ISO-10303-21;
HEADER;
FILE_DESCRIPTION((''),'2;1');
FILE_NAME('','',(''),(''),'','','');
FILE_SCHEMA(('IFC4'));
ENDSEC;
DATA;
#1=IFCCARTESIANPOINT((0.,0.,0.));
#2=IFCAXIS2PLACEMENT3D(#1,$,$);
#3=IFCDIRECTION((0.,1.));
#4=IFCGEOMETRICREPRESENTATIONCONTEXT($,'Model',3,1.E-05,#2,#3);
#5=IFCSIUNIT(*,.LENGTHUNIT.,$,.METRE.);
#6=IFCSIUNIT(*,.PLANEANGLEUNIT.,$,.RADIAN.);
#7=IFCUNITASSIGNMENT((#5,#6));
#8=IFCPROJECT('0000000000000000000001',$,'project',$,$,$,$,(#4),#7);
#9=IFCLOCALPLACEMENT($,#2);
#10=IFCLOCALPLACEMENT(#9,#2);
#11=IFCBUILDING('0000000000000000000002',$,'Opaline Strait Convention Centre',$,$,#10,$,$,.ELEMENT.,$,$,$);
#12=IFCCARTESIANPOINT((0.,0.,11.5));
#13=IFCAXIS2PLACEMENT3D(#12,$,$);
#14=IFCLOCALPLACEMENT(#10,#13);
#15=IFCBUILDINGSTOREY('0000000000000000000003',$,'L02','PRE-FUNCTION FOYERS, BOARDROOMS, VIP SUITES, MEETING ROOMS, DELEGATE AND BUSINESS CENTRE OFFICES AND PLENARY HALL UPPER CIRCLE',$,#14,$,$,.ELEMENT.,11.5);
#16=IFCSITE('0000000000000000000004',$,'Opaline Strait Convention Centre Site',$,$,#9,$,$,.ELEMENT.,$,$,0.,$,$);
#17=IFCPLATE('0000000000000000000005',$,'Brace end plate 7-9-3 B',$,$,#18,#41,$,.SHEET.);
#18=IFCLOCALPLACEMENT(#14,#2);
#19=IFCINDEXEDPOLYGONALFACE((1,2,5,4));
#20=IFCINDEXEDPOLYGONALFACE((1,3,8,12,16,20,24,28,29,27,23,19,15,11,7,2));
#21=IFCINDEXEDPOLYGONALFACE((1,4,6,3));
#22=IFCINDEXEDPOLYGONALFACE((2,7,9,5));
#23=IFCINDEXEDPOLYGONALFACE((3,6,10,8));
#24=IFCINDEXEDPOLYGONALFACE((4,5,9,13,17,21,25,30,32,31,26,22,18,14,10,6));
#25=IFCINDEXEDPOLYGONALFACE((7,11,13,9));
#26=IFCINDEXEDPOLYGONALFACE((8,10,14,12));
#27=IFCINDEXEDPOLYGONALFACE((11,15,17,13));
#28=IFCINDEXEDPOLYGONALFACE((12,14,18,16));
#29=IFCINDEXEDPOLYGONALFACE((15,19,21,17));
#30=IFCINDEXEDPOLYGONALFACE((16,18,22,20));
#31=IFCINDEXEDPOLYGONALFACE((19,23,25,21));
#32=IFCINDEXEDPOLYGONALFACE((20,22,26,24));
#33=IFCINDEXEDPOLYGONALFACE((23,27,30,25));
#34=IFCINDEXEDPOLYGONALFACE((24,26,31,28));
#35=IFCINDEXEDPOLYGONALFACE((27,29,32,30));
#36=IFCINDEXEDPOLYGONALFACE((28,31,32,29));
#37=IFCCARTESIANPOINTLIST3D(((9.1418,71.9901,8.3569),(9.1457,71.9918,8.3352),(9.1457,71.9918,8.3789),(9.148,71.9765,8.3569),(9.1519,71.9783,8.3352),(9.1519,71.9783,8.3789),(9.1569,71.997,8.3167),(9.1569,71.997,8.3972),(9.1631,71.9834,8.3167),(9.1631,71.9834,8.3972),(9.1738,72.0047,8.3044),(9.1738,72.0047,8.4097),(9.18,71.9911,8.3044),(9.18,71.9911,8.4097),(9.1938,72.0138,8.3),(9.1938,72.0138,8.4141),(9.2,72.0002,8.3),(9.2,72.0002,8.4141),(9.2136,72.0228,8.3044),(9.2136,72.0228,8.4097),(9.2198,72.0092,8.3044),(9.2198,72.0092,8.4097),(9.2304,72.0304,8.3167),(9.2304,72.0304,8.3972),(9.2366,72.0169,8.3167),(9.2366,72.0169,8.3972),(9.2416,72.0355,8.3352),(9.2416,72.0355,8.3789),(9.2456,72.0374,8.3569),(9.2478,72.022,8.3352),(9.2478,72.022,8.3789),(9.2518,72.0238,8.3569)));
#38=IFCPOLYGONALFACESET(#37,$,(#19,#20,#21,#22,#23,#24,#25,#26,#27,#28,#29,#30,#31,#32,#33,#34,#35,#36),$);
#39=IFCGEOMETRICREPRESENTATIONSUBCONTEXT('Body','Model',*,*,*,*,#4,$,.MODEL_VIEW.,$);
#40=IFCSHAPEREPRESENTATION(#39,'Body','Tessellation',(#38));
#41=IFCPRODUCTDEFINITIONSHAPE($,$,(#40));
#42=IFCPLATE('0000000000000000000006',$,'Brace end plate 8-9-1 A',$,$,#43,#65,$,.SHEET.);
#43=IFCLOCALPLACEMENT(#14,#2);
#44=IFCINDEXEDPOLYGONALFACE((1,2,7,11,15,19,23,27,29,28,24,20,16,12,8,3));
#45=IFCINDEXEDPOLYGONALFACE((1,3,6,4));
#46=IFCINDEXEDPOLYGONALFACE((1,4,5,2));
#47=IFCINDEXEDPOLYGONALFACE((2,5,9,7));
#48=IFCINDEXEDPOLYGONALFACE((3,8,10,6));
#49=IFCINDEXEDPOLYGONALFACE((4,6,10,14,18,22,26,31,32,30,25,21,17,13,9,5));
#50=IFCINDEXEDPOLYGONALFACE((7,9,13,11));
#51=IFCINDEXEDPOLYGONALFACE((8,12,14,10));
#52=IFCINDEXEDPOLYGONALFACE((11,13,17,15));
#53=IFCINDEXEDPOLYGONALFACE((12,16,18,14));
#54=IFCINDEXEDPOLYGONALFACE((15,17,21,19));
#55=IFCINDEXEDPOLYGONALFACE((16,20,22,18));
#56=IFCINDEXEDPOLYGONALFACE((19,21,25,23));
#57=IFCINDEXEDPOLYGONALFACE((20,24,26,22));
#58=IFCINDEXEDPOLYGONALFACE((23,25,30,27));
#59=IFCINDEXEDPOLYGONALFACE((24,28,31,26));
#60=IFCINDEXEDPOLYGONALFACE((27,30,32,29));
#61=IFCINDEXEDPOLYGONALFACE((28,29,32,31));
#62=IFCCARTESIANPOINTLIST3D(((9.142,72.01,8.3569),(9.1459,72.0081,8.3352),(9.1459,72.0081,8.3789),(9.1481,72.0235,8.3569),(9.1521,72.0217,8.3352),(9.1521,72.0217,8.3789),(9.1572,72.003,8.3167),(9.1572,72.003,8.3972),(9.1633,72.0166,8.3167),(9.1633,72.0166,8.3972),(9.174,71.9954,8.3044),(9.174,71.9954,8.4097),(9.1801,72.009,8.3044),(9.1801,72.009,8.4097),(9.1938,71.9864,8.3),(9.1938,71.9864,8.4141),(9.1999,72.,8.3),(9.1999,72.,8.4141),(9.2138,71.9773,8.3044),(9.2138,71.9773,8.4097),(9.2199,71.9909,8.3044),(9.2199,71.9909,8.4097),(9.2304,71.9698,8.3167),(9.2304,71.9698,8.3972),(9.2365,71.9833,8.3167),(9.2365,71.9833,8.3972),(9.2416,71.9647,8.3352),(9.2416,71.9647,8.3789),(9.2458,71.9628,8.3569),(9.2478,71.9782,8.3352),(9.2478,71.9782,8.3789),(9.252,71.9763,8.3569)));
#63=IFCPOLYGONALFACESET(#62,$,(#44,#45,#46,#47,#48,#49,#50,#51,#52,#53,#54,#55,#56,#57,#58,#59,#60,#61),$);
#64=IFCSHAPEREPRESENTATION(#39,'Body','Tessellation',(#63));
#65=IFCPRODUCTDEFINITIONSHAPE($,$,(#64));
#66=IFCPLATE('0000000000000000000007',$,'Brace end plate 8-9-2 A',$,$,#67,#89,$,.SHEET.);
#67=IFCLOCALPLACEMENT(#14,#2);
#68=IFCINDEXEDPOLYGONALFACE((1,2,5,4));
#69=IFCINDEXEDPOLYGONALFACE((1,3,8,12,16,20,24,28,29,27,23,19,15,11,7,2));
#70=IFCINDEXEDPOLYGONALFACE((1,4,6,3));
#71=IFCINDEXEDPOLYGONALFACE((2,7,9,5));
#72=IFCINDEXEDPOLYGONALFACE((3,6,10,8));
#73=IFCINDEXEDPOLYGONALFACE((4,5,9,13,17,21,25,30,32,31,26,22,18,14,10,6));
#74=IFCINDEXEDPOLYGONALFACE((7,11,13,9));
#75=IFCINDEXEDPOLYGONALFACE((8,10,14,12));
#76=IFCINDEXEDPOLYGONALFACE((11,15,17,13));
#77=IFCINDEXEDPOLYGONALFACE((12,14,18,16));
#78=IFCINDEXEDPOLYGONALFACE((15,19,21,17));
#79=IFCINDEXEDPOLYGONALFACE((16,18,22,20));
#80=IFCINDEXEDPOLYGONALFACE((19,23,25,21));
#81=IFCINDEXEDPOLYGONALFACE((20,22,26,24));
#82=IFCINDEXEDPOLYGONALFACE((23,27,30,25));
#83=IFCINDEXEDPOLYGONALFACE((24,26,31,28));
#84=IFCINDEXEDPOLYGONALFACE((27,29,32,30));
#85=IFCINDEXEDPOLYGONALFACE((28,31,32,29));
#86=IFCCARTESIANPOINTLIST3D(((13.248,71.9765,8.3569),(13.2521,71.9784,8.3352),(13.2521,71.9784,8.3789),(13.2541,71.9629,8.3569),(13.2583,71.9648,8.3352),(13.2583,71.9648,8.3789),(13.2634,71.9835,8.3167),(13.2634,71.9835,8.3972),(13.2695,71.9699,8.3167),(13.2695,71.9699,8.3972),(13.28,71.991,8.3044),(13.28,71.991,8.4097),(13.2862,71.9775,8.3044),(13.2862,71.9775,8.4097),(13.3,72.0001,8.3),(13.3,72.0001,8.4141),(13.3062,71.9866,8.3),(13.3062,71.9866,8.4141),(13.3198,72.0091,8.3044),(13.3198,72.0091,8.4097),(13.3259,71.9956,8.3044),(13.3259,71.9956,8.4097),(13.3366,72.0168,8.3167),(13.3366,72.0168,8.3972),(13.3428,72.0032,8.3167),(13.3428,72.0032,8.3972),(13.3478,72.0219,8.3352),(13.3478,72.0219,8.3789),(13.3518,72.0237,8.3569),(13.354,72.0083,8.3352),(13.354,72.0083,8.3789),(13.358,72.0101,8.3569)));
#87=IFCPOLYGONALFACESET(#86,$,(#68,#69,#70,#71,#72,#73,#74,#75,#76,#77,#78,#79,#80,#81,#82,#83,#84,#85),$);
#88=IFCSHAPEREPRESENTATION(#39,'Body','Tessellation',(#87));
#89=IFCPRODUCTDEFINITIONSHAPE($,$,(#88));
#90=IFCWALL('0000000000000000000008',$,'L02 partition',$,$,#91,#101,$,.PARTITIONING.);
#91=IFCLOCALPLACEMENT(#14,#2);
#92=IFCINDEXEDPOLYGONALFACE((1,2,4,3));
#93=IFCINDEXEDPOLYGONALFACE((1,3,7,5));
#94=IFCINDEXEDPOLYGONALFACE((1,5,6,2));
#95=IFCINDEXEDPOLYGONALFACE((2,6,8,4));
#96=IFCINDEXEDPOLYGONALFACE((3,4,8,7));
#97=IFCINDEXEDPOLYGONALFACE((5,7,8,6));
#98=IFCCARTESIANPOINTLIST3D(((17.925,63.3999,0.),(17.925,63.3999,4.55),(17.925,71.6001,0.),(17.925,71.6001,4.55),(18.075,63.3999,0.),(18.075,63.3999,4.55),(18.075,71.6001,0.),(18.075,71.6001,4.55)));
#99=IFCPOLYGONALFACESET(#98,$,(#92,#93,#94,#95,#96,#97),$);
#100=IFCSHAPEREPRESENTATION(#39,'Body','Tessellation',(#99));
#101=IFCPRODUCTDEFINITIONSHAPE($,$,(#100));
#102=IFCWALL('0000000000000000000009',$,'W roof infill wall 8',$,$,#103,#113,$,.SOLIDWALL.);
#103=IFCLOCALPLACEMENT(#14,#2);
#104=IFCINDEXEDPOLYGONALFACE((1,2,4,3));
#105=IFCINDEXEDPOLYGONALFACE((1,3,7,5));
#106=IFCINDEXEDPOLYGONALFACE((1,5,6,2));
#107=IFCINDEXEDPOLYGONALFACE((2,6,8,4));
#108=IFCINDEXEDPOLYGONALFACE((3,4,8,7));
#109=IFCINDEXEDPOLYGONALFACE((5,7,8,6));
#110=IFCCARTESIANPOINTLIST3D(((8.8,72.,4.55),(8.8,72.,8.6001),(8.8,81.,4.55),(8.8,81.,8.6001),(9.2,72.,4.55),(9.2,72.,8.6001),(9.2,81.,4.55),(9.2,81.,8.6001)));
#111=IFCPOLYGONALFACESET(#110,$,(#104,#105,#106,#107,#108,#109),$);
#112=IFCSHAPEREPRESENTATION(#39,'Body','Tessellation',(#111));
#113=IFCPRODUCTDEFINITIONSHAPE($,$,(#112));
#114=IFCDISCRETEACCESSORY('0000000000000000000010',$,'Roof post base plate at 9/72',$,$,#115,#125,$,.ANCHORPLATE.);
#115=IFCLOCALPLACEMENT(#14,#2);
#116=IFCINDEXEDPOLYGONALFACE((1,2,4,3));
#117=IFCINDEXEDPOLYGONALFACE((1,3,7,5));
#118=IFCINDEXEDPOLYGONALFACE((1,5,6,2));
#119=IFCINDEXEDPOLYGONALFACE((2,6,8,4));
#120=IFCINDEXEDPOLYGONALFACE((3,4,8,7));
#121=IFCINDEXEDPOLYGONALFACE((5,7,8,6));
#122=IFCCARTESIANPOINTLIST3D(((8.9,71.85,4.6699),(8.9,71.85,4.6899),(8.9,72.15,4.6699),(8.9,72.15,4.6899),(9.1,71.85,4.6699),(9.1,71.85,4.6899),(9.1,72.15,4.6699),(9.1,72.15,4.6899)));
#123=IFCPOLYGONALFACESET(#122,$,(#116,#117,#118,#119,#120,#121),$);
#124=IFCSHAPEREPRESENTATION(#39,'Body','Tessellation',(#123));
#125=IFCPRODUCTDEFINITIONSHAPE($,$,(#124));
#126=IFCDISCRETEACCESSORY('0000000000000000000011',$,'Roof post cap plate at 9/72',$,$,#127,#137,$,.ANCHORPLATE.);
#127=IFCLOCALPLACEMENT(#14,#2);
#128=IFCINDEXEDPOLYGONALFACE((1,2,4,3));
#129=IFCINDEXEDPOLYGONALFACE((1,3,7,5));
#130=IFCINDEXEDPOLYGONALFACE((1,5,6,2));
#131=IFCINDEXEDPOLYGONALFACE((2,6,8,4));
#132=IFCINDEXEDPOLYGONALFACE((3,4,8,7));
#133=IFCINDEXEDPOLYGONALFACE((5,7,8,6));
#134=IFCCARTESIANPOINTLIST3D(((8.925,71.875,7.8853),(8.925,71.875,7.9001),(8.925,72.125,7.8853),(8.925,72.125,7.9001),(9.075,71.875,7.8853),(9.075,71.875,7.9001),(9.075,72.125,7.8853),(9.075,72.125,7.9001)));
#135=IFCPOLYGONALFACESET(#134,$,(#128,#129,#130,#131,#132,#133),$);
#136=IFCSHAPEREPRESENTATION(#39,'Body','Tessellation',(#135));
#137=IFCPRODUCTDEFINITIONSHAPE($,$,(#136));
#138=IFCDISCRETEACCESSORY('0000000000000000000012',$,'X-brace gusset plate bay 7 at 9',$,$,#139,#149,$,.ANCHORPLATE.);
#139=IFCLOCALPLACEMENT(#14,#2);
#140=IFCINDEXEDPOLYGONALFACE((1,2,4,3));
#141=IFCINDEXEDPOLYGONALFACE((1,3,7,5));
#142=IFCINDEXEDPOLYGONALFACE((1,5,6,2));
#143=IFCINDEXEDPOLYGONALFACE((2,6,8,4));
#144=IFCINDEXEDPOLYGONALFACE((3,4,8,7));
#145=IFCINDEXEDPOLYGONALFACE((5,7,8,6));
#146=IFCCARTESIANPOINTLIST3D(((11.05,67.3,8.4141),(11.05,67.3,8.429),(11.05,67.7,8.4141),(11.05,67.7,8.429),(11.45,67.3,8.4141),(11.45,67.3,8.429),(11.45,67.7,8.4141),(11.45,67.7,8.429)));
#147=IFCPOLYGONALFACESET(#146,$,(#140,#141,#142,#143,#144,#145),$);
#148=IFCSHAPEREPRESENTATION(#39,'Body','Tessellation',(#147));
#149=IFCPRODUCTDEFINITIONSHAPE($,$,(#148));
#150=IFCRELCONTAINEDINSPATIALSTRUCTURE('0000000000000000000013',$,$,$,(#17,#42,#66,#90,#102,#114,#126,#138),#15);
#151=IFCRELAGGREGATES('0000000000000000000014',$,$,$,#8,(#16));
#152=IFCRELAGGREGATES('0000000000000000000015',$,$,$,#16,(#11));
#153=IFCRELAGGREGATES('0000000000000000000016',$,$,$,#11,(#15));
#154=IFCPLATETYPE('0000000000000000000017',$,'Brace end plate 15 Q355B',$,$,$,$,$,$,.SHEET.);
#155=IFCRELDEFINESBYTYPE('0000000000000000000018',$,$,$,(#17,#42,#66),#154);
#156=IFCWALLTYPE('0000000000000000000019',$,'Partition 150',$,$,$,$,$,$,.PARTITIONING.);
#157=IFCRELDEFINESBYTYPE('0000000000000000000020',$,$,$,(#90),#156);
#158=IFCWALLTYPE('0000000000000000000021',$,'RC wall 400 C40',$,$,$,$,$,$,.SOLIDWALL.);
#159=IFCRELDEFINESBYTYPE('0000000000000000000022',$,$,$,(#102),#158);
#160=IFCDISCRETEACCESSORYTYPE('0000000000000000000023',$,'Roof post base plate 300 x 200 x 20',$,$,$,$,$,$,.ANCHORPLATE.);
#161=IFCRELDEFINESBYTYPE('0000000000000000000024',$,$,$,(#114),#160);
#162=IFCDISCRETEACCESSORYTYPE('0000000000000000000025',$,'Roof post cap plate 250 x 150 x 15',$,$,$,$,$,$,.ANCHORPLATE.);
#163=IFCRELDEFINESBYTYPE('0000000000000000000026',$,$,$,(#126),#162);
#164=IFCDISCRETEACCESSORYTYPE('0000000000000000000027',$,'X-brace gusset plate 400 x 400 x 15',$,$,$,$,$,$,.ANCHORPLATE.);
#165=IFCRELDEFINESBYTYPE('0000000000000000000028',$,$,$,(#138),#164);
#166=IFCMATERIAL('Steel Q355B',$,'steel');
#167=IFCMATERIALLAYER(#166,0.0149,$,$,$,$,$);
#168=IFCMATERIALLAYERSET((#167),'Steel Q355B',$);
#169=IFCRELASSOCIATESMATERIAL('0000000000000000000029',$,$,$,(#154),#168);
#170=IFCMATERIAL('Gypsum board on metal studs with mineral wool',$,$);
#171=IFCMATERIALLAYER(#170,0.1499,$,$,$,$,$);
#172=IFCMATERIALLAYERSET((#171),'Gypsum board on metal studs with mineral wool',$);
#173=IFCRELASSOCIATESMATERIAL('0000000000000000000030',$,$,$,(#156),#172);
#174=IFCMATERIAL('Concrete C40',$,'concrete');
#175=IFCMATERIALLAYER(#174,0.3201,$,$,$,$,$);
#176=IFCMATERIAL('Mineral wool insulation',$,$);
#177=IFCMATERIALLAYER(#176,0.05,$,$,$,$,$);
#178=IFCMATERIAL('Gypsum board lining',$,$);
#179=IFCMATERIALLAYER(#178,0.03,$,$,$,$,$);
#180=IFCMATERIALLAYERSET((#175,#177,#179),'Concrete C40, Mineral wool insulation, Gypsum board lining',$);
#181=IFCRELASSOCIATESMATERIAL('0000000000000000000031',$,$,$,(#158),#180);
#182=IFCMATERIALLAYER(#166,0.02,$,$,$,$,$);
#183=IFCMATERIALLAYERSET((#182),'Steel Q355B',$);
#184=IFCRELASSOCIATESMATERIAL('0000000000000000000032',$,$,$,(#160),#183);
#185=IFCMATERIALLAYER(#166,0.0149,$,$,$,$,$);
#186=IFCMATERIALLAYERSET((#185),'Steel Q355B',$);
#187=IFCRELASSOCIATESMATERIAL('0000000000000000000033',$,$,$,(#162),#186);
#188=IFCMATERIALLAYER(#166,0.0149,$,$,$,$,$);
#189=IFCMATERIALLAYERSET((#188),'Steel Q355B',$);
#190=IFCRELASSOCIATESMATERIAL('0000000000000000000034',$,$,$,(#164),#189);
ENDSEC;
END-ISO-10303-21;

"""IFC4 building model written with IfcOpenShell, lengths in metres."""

from ifc_helpers import new_model, si_unit, direction, frame, frame_2d, origin, origin_2d, place, context, subcontext, project, spatial, polyline, rectangle, outline, extrude, material, layer, layer_set, type_object, element, save


model = new_model("IFC4")

# Units and contexts
model_context = context("Model", 3, precision=1e-05, world=origin(), true_north=direction((0.0, 1.0)))
body_context = subcontext(model_context, "Body", "Model", "MODEL_VIEW")
ifc_project = project(units=[si_unit("LENGTHUNIT", "METRE"), si_unit("PLANEANGLEUNIT", "RADIAN")], contexts=[model_context])

# Site, building, storey
site_placement = place(None, origin())
site = spatial("IfcSite", under=ifc_project, at=site_placement, Name="Opaline Strait Convention Centre Site", CompositionType="ELEMENT", RefElevation=0.0)
building_placement = place(site_placement, origin())
building = spatial("IfcBuilding", under=site, at=building_placement, Name="Opaline Strait Convention Centre", CompositionType="ELEMENT")
storey_placement = place(building_placement, frame((0.0, 0.0, 11.5)))
storey = spatial("IfcBuildingStorey", under=building, at=storey_placement, Name="L02", Description="PRE-FUNCTION FOYERS, BOARDROOMS, VIP SUITES, MEETING ROOMS, DELEGATE AND BUSINESS CENTRE OFFICES AND PLENARY HALL UPPER CIRCLE", CompositionType="ELEMENT", Elevation=11.5)

# Shared definitions
ifc_material_1 = material(Name="Concrete C40", Category="concrete")

# Shared definitions
ifc_material_2 = material(Name="Steel Q355B", Category="steel")

# Plates
ifc_layer_1 = layer(ifc_material_2, 0.0149)
ifc_layer_set_1 = layer_set([ifc_layer_1], Name="Steel Q355B")
plate_type = type_object("IfcPlateType", Name="Brace end plate 15 Q355B", PredefinedType="SHEET", material=ifc_layer_set_1)
plate_1_placement = place(storey_placement, frame((9.2456, 72.0374, 8.3569), z_axis=(-0.414547, 0.910028, 0.0), x_axis=(-0.179212, -0.081637, -0.980418)))
element("IfcPlate", 1, at=plate_1_placement, inside=storey, type_object=plate_type, Name="Brace end plate 7-9-3 B", PredefinedType="SHEET", context=body_context, shape_type="SweptSolid", body=[
    extrude(outline(polyline([(0.0, 0.0), (0.0222, 0.0), (0.0428, 0.0084), (0.0584, 0.0242), (0.067, 0.0446), (0.067, 0.067), (0.0587, 0.0876), (0.0429, 0.1034), (0.0225, 0.1118), (0.0001, 0.112), (-0.0203, 0.1035), (-0.0362, 0.0877), (-0.0448, 0.0671), (-0.0448, 0.0449), (-0.0362, 0.0243), (-0.0207, 0.0086), (0.0, 0.0)])), origin(), (0.0, 0.0, -1.0), 0.0149),
])
plate_2_placement = place(storey_placement, frame((9.252, 71.9763, 8.3569), z_axis=(0.413759, 0.910386, 0.0), x_axis=(-0.188026, 0.085456, -0.978439)))
element("IfcPlate", 2, at=plate_2_placement, inside=storey, type_object=plate_type, Name="Brace end plate 8-9-1 A", PredefinedType="SHEET", context=body_context, shape_type="SweptSolid", body=[
    extrude(outline(polyline([(0.0, 0.0), (0.0222, 0.0), (0.0429, 0.0082), (0.0586, 0.0236), (0.0675, 0.0442), (0.0677, 0.0663), (0.0595, 0.0869), (0.0439, 0.1028), (0.0236, 0.1116), (0.0012, 0.1119), (-0.0193, 0.1036), (-0.0353, 0.0881), (-0.0441, 0.0677), (-0.0443, 0.0453), (-0.0359, 0.0249), (-0.0206, 0.009), (0.0, 0.0)])), origin(), (0.0, 0.0, -1.0), 0.0149),
])
plate_3_placement = place(storey_placement, frame((13.3518, 72.0237, 8.3569), z_axis=(-0.413759, 0.910386, 0.0), x_axis=(-0.179277, -0.081479, -0.980419)))
element("IfcPlate", 3, at=plate_3_placement, inside=storey, type_object=plate_type, Name="Brace end plate 8-9-2 A", PredefinedType="SHEET", context=body_context, shape_type="SweptSolid", body=[
    extrude(outline(polyline([(0.0, 0.0), (0.0222, 0.0), (0.0428, 0.0084), (0.0584, 0.0242), (0.067, 0.0446), (0.067, 0.067), (0.0586, 0.0873), (0.0429, 0.103), (0.0225, 0.1118), (0.0, 0.1117), (-0.0204, 0.1032), (-0.0362, 0.0877), (-0.0448, 0.0671), (-0.0448, 0.0449), (-0.0362, 0.0243), (-0.0207, 0.0086), (0.0, 0.0)])), origin(), (0.0, 0.0, -1.0), 0.0149),
])

# Walls
ifc_material_3 = material(Name="Gypsum board on metal studs with mineral wool")
ifc_layer_2 = layer(ifc_material_3, 0.1499)
ifc_layer_set_2 = layer_set([ifc_layer_2], Name="Gypsum board on metal studs with mineral wool")
wall_type_1 = type_object("IfcWallType", Name="Partition 150", PredefinedType="PARTITIONING", material=ifc_layer_set_2)
wall_1_placement = place(storey_placement, frame((18.0, 63.3999, 0.0), z_axis=(0.0, 0.0, 1.0), x_axis=(0.0, 1.0, 0.0)))
element("IfcWall", 4, at=wall_1_placement, inside=storey, type_object=wall_type_1, Name="L02 partition", PredefinedType="PARTITIONING", context=body_context, shape_type="SweptSolid", body=[
    extrude(rectangle(XDim=8.2002, YDim=0.1499, at=frame_2d((4.1001, 0.0))), origin(), (0.0, 0.0, 1.0), 4.55),
])
ifc_layer_3 = layer(ifc_material_1, 0.3201)
ifc_material_4 = material(Name="Mineral wool insulation")
ifc_layer_4 = layer(ifc_material_4, 0.05)
ifc_material_5 = material(Name="Gypsum board lining")
ifc_layer_5 = layer(ifc_material_5, 0.03)
ifc_layer_set_3 = layer_set([ifc_layer_3, ifc_layer_4, ifc_layer_5], Name="Concrete C40, Mineral wool insulation, Gypsum board lining")
wall_type_2 = type_object("IfcWallType", Name="RC wall 400 C40", PredefinedType="SOLIDWALL", material=ifc_layer_set_3)
wall_2_placement = place(storey_placement, frame((9.0, 72.0, 4.55), z_axis=(0.0, 0.0, 1.0), x_axis=(0.0, 1.0, 0.0)))
element("IfcWall", 5, at=wall_2_placement, inside=storey, type_object=wall_type_2, Name="W roof infill wall 8", PredefinedType="SOLIDWALL", context=body_context, shape_type="SweptSolid", body=[
    extrude(rectangle(XDim=9.0, YDim=0.3999, at=frame_2d((4.5, 0.0))), origin(), (0.0, 0.0, 1.0), 4.05),
])

# Discrete accessories
ifc_layer_6 = layer(ifc_material_2, 0.02)
ifc_layer_set_4 = layer_set([ifc_layer_6], Name="Steel Q355B")
discrete_accessory_type_1 = type_object("IfcDiscreteAccessoryType", Name="Roof post base plate 300 x 200 x 20", PredefinedType="ANCHORPLATE", material=ifc_layer_set_4)
discrete_accessory_1_placement = place(storey_placement, frame((9.0, 72.0, 4.6699), z_axis=(0.0, 0.0, 1.0), x_axis=(1.0, 0.0, 0.0)))
element("IfcDiscreteAccessory", 6, at=discrete_accessory_1_placement, inside=storey, type_object=discrete_accessory_type_1, Name="Roof post base plate at 9/72", PredefinedType="ANCHORPLATE", context=body_context, shape_type="SweptSolid", body=[
    extrude(rectangle(XDim=0.2, YDim=0.3, at=origin_2d()), origin(), (0.0, 0.0, 1.0), 0.02),
])
ifc_layer_7 = layer(ifc_material_2, 0.0149)
ifc_layer_set_5 = layer_set([ifc_layer_7], Name="Steel Q355B")
discrete_accessory_type_2 = type_object("IfcDiscreteAccessoryType", Name="Roof post cap plate 250 x 150 x 15", PredefinedType="ANCHORPLATE", material=ifc_layer_set_5)
discrete_accessory_2_placement = place(storey_placement, frame((9.0, 72.0, 7.8853), z_axis=(0.0, 0.0, 1.0), x_axis=(1.0, 0.0, 0.0)))
element("IfcDiscreteAccessory", 7, at=discrete_accessory_2_placement, inside=storey, type_object=discrete_accessory_type_2, Name="Roof post cap plate at 9/72", PredefinedType="ANCHORPLATE", context=body_context, shape_type="SweptSolid", body=[
    extrude(rectangle(XDim=0.1499, YDim=0.25, at=origin_2d()), origin(), (0.0, 0.0, 1.0), 0.0149),
])
ifc_layer_8 = layer(ifc_material_2, 0.0149)
ifc_layer_set_6 = layer_set([ifc_layer_8], Name="Steel Q355B")
discrete_accessory_type_3 = type_object("IfcDiscreteAccessoryType", Name="X-brace gusset plate 400 x 400 x 15", PredefinedType="ANCHORPLATE", material=ifc_layer_set_6)
discrete_accessory_3_placement = place(storey_placement, frame((11.25, 67.5, 8.4141), z_axis=(0.0, 0.0, 1.0), x_axis=(1.0, 0.0, 0.0)))
element("IfcDiscreteAccessory", 8, at=discrete_accessory_3_placement, inside=storey, type_object=discrete_accessory_type_3, Name="X-brace gusset plate bay 7 at 9", PredefinedType="ANCHORPLATE", context=body_context, shape_type="SweptSolid", body=[
    extrude(rectangle(XDim=0.3999, YDim=0.3999, at=origin_2d()), origin(), (0.0, 0.0, 1.0), 0.0149),
])

save(model, "model.ifc")
